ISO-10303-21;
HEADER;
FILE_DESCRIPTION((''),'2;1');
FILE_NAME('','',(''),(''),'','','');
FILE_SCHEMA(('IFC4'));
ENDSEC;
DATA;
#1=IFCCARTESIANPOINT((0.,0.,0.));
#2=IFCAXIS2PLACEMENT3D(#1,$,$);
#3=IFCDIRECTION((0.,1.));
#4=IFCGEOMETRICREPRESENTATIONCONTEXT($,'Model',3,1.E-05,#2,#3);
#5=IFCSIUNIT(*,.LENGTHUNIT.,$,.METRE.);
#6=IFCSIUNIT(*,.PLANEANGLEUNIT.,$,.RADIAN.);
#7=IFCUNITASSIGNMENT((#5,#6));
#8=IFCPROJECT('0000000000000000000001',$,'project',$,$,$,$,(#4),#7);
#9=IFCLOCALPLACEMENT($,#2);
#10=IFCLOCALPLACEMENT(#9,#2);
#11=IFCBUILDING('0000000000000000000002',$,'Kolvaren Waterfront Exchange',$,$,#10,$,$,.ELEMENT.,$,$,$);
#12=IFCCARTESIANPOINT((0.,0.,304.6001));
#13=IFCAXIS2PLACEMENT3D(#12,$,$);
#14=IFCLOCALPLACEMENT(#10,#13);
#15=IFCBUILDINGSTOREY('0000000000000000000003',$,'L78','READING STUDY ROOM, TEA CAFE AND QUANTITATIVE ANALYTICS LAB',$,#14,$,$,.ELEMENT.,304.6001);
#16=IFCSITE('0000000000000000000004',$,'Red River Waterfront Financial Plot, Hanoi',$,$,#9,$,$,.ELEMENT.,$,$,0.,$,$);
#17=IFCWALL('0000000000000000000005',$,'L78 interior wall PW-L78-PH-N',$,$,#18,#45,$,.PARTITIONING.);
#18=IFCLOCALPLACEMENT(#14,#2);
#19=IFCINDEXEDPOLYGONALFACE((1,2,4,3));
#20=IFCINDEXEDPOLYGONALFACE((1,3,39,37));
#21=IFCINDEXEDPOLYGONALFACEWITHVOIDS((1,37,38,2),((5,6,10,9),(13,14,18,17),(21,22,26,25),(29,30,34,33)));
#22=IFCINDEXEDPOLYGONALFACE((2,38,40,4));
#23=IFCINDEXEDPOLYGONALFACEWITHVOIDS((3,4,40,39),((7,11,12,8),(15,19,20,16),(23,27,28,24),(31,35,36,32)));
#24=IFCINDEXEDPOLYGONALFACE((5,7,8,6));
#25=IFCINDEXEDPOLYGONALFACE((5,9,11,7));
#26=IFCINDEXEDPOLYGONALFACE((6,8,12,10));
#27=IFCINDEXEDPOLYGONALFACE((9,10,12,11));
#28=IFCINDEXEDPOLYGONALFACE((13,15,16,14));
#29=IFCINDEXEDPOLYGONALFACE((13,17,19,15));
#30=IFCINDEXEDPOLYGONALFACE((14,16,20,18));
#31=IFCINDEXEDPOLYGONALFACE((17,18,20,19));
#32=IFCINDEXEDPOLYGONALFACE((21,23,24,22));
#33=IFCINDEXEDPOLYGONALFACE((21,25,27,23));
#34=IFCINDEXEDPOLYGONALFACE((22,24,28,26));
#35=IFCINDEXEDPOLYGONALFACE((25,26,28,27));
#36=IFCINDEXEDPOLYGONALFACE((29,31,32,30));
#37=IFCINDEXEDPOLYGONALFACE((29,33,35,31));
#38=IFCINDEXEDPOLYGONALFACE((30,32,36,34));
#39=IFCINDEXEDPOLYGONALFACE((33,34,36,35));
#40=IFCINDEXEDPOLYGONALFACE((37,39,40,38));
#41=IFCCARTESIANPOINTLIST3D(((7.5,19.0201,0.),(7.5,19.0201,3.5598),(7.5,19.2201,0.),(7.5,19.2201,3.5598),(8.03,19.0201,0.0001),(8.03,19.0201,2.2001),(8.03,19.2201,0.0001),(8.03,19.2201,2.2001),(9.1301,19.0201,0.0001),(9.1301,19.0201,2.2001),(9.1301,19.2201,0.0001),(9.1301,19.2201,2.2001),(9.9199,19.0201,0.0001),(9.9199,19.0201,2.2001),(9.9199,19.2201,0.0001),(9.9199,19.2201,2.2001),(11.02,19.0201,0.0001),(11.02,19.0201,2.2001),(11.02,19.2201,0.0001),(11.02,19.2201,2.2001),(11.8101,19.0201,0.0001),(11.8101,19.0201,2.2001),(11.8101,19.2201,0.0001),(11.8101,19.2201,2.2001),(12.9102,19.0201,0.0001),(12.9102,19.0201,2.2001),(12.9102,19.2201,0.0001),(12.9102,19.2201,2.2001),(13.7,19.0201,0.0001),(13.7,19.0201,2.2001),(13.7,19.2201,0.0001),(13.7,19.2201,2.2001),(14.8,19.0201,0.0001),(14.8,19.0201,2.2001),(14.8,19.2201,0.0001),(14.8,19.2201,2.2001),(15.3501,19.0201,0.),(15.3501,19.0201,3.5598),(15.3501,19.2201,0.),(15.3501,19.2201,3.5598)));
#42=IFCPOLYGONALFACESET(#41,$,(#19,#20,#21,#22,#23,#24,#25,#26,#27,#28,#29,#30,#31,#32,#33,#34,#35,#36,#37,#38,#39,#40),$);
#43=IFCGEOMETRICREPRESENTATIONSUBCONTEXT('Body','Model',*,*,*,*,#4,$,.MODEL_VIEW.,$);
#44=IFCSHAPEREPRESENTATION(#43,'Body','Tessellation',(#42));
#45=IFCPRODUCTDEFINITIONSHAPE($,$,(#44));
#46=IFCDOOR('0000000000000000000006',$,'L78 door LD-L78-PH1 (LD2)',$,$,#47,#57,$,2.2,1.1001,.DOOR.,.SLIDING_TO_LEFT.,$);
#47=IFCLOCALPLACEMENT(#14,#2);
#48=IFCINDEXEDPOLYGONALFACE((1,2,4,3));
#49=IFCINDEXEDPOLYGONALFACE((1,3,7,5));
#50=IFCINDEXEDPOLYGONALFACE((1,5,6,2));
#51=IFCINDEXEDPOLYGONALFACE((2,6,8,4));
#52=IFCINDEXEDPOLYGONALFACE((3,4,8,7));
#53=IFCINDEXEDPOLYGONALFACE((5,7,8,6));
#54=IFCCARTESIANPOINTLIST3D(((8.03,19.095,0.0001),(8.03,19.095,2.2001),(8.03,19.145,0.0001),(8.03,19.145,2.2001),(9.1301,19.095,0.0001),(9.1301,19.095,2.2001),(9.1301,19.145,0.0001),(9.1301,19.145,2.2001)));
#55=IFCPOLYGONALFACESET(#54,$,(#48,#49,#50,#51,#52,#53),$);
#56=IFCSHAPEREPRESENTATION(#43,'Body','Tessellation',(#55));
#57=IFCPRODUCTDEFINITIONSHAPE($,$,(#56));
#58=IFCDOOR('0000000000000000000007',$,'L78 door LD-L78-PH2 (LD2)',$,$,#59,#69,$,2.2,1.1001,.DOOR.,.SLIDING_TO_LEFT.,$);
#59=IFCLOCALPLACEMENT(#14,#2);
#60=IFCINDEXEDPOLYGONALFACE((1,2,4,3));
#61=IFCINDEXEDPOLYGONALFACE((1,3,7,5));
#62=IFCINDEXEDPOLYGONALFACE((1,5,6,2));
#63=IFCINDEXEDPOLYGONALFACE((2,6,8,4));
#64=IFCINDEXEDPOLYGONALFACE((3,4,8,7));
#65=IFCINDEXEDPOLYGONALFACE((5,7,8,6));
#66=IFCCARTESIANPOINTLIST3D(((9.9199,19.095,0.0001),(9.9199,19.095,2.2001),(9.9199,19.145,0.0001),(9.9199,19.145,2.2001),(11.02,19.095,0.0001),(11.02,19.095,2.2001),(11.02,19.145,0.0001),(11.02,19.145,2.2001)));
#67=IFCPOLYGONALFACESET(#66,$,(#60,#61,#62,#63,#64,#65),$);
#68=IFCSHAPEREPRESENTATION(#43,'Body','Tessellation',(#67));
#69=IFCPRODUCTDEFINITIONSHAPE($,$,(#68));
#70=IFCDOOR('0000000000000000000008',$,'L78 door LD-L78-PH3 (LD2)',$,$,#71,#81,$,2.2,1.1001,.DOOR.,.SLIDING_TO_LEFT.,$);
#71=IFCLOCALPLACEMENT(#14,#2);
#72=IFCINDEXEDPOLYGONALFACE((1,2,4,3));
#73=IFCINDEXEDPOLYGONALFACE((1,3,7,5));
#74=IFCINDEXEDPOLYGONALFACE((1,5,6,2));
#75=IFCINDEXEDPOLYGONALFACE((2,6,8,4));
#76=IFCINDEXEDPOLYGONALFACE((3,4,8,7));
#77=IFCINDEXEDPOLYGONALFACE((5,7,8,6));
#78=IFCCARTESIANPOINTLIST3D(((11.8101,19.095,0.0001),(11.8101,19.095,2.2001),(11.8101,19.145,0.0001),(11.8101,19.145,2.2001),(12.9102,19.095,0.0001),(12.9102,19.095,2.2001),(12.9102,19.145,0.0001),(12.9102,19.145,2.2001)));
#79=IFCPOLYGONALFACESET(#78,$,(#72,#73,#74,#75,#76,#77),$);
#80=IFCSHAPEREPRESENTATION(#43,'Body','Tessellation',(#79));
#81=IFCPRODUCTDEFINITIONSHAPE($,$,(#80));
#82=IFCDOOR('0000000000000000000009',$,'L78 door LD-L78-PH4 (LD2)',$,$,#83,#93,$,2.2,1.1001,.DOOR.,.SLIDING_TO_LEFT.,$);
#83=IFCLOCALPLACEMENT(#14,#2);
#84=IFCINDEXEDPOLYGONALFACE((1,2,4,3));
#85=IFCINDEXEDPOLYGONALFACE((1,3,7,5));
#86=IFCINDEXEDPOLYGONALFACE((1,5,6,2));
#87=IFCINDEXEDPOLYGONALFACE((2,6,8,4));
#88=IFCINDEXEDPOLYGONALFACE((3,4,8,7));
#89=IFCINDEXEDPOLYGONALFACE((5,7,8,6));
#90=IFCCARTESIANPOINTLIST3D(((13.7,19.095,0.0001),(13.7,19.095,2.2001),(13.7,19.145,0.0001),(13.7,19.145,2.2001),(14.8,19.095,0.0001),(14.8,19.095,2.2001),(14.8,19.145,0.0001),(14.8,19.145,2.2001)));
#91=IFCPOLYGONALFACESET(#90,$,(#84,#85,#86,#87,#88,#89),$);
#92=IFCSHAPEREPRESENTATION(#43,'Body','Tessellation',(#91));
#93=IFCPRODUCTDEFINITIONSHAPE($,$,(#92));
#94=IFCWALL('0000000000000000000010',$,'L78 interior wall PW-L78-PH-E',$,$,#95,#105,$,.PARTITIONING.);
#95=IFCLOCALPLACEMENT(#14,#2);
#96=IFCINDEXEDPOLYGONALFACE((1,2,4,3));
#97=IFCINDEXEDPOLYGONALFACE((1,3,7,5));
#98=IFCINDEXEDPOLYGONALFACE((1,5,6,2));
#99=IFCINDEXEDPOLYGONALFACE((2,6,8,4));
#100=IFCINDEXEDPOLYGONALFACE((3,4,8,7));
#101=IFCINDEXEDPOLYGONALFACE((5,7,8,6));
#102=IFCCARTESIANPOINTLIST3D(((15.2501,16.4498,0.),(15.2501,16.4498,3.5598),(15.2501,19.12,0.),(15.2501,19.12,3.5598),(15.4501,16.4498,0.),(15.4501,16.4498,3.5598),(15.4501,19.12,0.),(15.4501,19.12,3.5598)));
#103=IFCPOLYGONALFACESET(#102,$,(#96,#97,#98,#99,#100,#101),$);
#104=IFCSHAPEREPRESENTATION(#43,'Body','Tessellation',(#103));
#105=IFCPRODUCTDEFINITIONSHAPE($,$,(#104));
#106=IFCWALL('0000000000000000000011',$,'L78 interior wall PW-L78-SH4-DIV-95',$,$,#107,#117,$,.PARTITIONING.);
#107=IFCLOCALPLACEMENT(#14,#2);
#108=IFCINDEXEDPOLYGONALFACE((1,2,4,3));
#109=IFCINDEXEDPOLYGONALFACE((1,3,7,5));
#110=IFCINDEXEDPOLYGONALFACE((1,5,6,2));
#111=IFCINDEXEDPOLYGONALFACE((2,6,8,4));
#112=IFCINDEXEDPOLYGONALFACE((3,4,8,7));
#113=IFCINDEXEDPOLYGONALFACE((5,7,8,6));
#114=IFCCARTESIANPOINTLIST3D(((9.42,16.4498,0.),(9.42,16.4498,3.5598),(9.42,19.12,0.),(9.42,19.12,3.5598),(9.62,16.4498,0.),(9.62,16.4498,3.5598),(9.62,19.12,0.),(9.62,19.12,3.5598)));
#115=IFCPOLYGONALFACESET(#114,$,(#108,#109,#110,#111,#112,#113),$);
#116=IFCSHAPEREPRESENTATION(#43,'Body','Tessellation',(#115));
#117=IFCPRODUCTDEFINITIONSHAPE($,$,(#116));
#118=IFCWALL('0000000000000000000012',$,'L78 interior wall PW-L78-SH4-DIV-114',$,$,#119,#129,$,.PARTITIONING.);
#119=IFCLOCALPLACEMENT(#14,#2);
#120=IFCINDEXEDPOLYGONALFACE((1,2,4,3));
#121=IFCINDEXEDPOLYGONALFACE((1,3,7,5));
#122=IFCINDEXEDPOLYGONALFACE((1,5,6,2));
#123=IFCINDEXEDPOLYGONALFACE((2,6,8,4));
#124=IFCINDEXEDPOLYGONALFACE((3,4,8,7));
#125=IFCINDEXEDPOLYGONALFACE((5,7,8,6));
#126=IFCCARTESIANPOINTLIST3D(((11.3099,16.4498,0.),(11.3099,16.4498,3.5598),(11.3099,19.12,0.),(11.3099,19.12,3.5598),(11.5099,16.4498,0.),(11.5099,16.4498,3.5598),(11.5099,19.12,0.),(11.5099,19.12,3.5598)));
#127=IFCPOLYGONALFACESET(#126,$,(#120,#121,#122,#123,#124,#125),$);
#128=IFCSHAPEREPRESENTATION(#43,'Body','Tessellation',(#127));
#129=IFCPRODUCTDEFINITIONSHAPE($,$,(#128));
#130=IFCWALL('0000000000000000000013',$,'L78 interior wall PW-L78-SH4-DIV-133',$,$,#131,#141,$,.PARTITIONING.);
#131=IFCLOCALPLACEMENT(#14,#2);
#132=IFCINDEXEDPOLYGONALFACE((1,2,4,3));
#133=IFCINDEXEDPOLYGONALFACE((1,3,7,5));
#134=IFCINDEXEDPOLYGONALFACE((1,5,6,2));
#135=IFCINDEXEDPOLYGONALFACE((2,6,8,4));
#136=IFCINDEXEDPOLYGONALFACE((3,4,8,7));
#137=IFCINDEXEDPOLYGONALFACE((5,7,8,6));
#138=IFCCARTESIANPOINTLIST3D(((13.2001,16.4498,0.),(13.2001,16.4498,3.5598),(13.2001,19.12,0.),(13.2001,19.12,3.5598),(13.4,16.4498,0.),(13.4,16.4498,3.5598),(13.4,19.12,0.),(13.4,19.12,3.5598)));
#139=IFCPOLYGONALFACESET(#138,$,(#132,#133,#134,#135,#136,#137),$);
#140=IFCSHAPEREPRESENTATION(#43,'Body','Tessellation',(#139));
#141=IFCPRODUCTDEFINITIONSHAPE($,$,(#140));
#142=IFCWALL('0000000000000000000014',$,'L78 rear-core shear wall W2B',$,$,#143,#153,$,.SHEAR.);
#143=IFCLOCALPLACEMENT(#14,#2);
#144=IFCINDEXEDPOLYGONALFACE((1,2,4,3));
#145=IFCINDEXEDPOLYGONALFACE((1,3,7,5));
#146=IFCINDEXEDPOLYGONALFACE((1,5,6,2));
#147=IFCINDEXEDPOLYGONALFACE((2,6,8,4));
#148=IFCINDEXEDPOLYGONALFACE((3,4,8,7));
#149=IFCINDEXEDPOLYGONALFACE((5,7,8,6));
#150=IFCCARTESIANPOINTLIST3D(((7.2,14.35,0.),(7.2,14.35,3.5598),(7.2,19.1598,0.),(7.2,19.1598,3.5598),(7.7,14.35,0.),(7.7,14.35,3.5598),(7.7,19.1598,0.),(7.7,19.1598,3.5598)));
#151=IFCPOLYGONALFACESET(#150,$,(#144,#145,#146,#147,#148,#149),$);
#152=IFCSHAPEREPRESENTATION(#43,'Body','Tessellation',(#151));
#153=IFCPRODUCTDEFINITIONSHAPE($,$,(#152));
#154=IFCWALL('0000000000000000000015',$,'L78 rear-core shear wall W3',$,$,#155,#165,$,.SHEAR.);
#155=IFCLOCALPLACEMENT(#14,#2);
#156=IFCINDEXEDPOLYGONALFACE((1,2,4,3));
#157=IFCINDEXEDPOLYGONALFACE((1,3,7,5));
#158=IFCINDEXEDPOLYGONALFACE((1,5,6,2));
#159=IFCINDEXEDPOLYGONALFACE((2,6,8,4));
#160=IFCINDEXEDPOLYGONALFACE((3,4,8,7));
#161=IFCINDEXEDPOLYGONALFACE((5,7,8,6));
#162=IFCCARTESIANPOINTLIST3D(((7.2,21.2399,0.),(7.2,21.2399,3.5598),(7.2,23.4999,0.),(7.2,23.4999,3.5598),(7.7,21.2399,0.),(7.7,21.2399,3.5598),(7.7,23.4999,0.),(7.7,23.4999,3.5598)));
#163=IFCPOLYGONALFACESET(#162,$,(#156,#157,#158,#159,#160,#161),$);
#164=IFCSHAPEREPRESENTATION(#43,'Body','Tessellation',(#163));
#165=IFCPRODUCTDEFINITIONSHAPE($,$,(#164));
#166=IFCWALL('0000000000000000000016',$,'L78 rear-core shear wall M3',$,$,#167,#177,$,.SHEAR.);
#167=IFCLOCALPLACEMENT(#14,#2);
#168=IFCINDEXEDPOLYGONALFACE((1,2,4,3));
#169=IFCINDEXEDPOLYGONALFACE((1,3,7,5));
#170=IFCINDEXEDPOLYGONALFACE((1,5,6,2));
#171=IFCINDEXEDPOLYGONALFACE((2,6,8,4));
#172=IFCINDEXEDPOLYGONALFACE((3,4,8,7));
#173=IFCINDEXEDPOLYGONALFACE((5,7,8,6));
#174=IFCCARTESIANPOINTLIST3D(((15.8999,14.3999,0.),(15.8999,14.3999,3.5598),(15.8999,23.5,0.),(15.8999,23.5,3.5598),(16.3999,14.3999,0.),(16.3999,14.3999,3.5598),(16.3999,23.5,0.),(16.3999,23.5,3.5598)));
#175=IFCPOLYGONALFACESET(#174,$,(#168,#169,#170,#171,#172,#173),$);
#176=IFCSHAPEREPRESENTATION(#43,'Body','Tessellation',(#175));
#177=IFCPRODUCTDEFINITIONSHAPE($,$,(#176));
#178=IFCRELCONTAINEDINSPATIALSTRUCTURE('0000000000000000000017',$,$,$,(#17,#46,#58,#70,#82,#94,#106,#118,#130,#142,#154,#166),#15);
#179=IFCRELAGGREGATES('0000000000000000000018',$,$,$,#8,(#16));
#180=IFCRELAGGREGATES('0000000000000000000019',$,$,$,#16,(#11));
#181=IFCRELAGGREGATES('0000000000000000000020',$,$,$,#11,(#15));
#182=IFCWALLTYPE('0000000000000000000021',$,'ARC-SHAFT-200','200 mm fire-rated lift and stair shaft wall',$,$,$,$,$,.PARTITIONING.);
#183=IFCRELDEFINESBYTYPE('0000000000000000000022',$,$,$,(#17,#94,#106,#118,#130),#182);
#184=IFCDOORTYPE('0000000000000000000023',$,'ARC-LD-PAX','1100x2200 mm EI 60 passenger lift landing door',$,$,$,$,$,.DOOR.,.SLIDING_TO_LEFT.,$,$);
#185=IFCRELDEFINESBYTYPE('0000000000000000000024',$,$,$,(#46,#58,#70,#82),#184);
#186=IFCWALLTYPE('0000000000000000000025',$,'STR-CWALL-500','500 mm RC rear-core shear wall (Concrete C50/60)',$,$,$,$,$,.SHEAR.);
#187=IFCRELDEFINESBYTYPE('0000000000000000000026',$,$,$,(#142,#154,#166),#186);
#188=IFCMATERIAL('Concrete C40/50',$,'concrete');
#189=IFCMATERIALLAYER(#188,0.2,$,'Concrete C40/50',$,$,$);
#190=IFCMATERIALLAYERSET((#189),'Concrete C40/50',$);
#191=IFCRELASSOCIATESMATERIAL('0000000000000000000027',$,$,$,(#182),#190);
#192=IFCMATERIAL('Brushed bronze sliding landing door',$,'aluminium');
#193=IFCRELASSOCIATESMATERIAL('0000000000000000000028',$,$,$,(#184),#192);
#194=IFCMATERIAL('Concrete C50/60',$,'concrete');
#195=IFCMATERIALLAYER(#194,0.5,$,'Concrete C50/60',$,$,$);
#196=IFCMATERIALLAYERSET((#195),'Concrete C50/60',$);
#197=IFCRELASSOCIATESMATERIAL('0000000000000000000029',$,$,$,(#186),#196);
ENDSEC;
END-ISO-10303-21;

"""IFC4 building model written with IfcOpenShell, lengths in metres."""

from ifc_helpers import new_model, si_unit, direction, frame, frame_2d, origin, place, context, subcontext, project, spatial, rectangle, extrude, material, layer, layer_set, type_object, element, fill, save


model = new_model("IFC4")

# Units and contexts
model_context = context("Model", 3, precision=1e-05, world=origin(), true_north=direction((0.0, 1.0)))
body_context = subcontext(model_context, "Body", "Model", "MODEL_VIEW")
ifc_project = project(units=[si_unit("LENGTHUNIT", "METRE"), si_unit("PLANEANGLEUNIT", "RADIAN")], contexts=[model_context])

# Site, building, storey
site_placement = place(None, origin())
site = spatial("IfcSite", under=ifc_project, at=site_placement, Name="Red River Waterfront Financial Plot, Hanoi", CompositionType="ELEMENT", RefElevation=0.0)
building_placement = place(site_placement, origin())
building = spatial("IfcBuilding", under=site, at=building_placement, Name="Kolvaren Waterfront Exchange", CompositionType="ELEMENT")
storey_placement = place(building_placement, frame((0.0, 0.0, 304.6001)))
storey = spatial("IfcBuildingStorey", under=building, at=storey_placement, Name="L78", Description="READING STUDY ROOM, TEA CAFE AND QUANTITATIVE ANALYTICS LAB", CompositionType="ELEMENT", Elevation=304.6001)

# Shared definitions
ifc_material_1 = material(Name="Concrete C40/50", Category="concrete")
ifc_layer_1 = layer(ifc_material_1, 0.2, Name="Concrete C40/50")
ifc_layer_set_1 = layer_set([ifc_layer_1], Name="Concrete C40/50")
wall_type_1 = type_object("IfcWallType", Name="ARC-SHAFT-200", Description="200 mm fire-rated lift and stair shaft wall", PredefinedType="PARTITIONING", material=ifc_layer_set_1)

# Wall, openings, doors
wall_1_placement = place(storey_placement, frame((7.5, 19.1201, 0.0), z_axis=(0.0, 0.0, 1.0), x_axis=(1.0, 0.0, 0.0)))
wall_1 = element("IfcWall", 1, at=wall_1_placement, inside=storey, type_object=wall_type_1, Name="L78 interior wall PW-L78-PH-N", PredefinedType="PARTITIONING", context=body_context, shape_type="SweptSolid", body=[
    extrude(rectangle(XDim=7.8501, YDim=0.2, at=frame_2d((3.925, 0.0))), origin(), (0.0, 0.0, 1.0), 3.5598),
])
opening_1_placement = place(wall_1_placement, frame((0.53, 0.0, 0.0)))
opening_1 = element("IfcOpeningElement", 2, at=opening_1_placement, cuts=wall_1, PredefinedType="OPENING", context=body_context, shape_type="SweptSolid", body=[
    extrude(rectangle(XDim=1.1001, YDim=2.2, at=frame_2d((0.55, 1.1001))), frame((0.0, 0.1099, 0.0), z_axis=(0.0, -1.0, 0.0), x_axis=(1.0, 0.0, 0.0)), (0.0, 0.0, 1.0), 0.22),
])
opening_2_placement = place(wall_1_placement, frame((2.4199, 0.0, 0.0)))
opening_2 = element("IfcOpeningElement", 3, at=opening_2_placement, cuts=wall_1, PredefinedType="OPENING", context=body_context, shape_type="SweptSolid", body=[
    extrude(rectangle(XDim=1.1001, YDim=2.2, at=frame_2d((0.55, 1.1001))), frame((0.0, 0.1099, 0.0), z_axis=(0.0, -1.0, 0.0), x_axis=(1.0, 0.0, 0.0)), (0.0, 0.0, 1.0), 0.22),
])
opening_3_placement = place(wall_1_placement, frame((4.3101, 0.0, 0.0)))
opening_3 = element("IfcOpeningElement", 4, at=opening_3_placement, cuts=wall_1, PredefinedType="OPENING", context=body_context, shape_type="SweptSolid", body=[
    extrude(rectangle(XDim=1.1001, YDim=2.2, at=frame_2d((0.55, 1.1001))), frame((0.0, 0.1099, 0.0), z_axis=(0.0, -1.0, 0.0), x_axis=(1.0, 0.0, 0.0)), (0.0, 0.0, 1.0), 0.22),
])
opening_4_placement = place(wall_1_placement, frame((6.2, 0.0, 0.0)))
opening_4 = element("IfcOpeningElement", 5, at=opening_4_placement, cuts=wall_1, PredefinedType="OPENING", context=body_context, shape_type="SweptSolid", body=[
    extrude(rectangle(XDim=1.1001, YDim=2.2, at=frame_2d((0.55, 1.1001))), frame((0.0, 0.1099, 0.0), z_axis=(0.0, -1.0, 0.0), x_axis=(1.0, 0.0, 0.0)), (0.0, 0.0, 1.0), 0.22),
])
ifc_material_2 = material(Name="Brushed bronze sliding landing door", Category="aluminium")
door_type_1 = type_object("IfcDoorType", Name="ARC-LD-PAX", Description="1100x2200 mm EI 60 passenger lift landing door", OperationType="SLIDING_TO_LEFT", PredefinedType="DOOR", material=ifc_material_2)
door_1_placement = place(opening_1_placement, origin())
door_1 = element("IfcDoor", 6, at=door_1_placement, inside=storey, type_object=door_type_1, Name="L78 door LD-L78-PH1 (LD2)", OperationType="SLIDING_TO_LEFT", OverallHeight=2.2, OverallWidth=1.1001, PredefinedType="DOOR", context=body_context, shape_type="SweptSolid", body=[
    extrude(rectangle(XDim=1.1001, YDim=2.2, at=frame_2d((0.55, 1.1001))), frame((0.0, 0.0249, 0.0), z_axis=(0.0, -1.0, 0.0), x_axis=(1.0, 0.0, 0.0)), (0.0, 0.0, 1.0), 0.05),
])
fill(opening_1, door_1)
door_2_placement = place(opening_2_placement, origin())
door_2 = element("IfcDoor", 7, at=door_2_placement, inside=storey, type_object=door_type_1, Name="L78 door LD-L78-PH2 (LD2)", OperationType="SLIDING_TO_LEFT", OverallHeight=2.2, OverallWidth=1.1001, PredefinedType="DOOR", context=body_context, shape_type="SweptSolid", body=[
    extrude(rectangle(XDim=1.1001, YDim=2.2, at=frame_2d((0.55, 1.1001))), frame((0.0, 0.0249, 0.0), z_axis=(0.0, -1.0, 0.0), x_axis=(1.0, 0.0, 0.0)), (0.0, 0.0, 1.0), 0.05),
])
fill(opening_2, door_2)
door_3_placement = place(opening_3_placement, origin())
door_3 = element("IfcDoor", 8, at=door_3_placement, inside=storey, type_object=door_type_1, Name="L78 door LD-L78-PH3 (LD2)", OperationType="SLIDING_TO_LEFT", OverallHeight=2.2, OverallWidth=1.1001, PredefinedType="DOOR", context=body_context, shape_type="SweptSolid", body=[
    extrude(rectangle(XDim=1.1001, YDim=2.2, at=frame_2d((0.55, 1.1001))), frame((0.0, 0.0249, 0.0), z_axis=(0.0, -1.0, 0.0), x_axis=(1.0, 0.0, 0.0)), (0.0, 0.0, 1.0), 0.05),
])
fill(opening_3, door_3)
door_4_placement = place(opening_4_placement, origin())
door_4 = element("IfcDoor", 9, at=door_4_placement, inside=storey, type_object=door_type_1, Name="L78 door LD-L78-PH4 (LD2)", OperationType="SLIDING_TO_LEFT", OverallHeight=2.2, OverallWidth=1.1001, PredefinedType="DOOR", context=body_context, shape_type="SweptSolid", body=[
    extrude(rectangle(XDim=1.1001, YDim=2.2, at=frame_2d((0.55, 1.1001))), frame((0.0, 0.0249, 0.0), z_axis=(0.0, -1.0, 0.0), x_axis=(1.0, 0.0, 0.0)), (0.0, 0.0, 1.0), 0.05),
])
fill(opening_4, door_4)

# Walls
for number, where, z_axis, x_axis, name in (
    (10, (15.3501, 16.45, 0.0), (0.0, 0.0, 1.0), (0.0, 1.0, 0.0), "L78 interior wall PW-L78-PH-E"),
    (11, (9.52, 16.45, 0.0), (0.0, 0.0, 1.0), (0.0, 1.0, 0.0), "L78 interior wall PW-L78-SH4-DIV-95"),
    (12, (11.4099, 16.45, 0.0), (0.0, 0.0, 1.0), (0.0, 1.0, 0.0), "L78 interior wall PW-L78-SH4-DIV-114"),
    (13, (13.3, 16.45, 0.0), (0.0, 0.0, 1.0), (0.0, 1.0, 0.0), "L78 interior wall PW-L78-SH4-DIV-133"),
):
    element("IfcWall", number, at=place(storey_placement, frame(where, z_axis=z_axis, x_axis=x_axis)), inside=storey, type_object=wall_type_1, Name=name, PredefinedType="PARTITIONING", context=body_context, shape_type="SweptSolid", body=[
        extrude(rectangle(XDim=2.6702, YDim=0.2, at=frame_2d((1.335, 0.0))), origin(), (0.0, 0.0, 1.0), 3.5598),
    ])
ifc_material_3 = material(Name="Concrete C50/60", Category="concrete")
ifc_layer_2 = layer(ifc_material_3, 0.5, Name="Concrete C50/60")
ifc_layer_set_2 = layer_set([ifc_layer_2], Name="Concrete C50/60")
wall_type_2 = type_object("IfcWallType", Name="STR-CWALL-500", Description="500 mm RC rear-core shear wall (Concrete C50/60)", PredefinedType="SHEAR", material=ifc_layer_set_2)
wall_2_placement = place(storey_placement, frame((7.45, 14.3501, 0.0), z_axis=(0.0, 0.0, 1.0), x_axis=(0.0, 1.0, 0.0)))
element("IfcWall", 14, at=wall_2_placement, inside=storey, type_object=wall_type_2, Name="L78 rear-core shear wall W2B", PredefinedType="SHEAR", context=body_context, shape_type="SweptSolid", body=[
    extrude(rectangle(XDim=4.8098, YDim=0.5, at=frame_2d((2.4048, 0.0))), origin(), (0.0, 0.0, 1.0), 3.5598),
])
wall_3_placement = place(storey_placement, frame((7.45, 21.24, 0.0), z_axis=(0.0, 0.0, 1.0), x_axis=(0.0, 1.0, 0.0)))
element("IfcWall", 15, at=wall_3_placement, inside=storey, type_object=wall_type_2, Name="L78 rear-core shear wall W3", PredefinedType="SHEAR", context=body_context, shape_type="SweptSolid", body=[
    extrude(rectangle(XDim=2.26, YDim=0.5, at=frame_2d((1.1299, 0.0))), origin(), (0.0, 0.0, 1.0), 3.5598),
])
wall_4_placement = place(storey_placement, frame((16.1499, 14.3999, 0.0), z_axis=(0.0, 0.0, 1.0), x_axis=(0.0, 1.0, 0.0)))
element("IfcWall", 16, at=wall_4_placement, inside=storey, type_object=wall_type_2, Name="L78 rear-core shear wall M3", PredefinedType="SHEAR", context=body_context, shape_type="SweptSolid", body=[
    extrude(rectangle(XDim=9.1001, YDim=0.5, at=frame_2d((4.55, 0.0))), origin(), (0.0, 0.0, 1.0), 3.5598),
])

save(model, "model.ifc")
